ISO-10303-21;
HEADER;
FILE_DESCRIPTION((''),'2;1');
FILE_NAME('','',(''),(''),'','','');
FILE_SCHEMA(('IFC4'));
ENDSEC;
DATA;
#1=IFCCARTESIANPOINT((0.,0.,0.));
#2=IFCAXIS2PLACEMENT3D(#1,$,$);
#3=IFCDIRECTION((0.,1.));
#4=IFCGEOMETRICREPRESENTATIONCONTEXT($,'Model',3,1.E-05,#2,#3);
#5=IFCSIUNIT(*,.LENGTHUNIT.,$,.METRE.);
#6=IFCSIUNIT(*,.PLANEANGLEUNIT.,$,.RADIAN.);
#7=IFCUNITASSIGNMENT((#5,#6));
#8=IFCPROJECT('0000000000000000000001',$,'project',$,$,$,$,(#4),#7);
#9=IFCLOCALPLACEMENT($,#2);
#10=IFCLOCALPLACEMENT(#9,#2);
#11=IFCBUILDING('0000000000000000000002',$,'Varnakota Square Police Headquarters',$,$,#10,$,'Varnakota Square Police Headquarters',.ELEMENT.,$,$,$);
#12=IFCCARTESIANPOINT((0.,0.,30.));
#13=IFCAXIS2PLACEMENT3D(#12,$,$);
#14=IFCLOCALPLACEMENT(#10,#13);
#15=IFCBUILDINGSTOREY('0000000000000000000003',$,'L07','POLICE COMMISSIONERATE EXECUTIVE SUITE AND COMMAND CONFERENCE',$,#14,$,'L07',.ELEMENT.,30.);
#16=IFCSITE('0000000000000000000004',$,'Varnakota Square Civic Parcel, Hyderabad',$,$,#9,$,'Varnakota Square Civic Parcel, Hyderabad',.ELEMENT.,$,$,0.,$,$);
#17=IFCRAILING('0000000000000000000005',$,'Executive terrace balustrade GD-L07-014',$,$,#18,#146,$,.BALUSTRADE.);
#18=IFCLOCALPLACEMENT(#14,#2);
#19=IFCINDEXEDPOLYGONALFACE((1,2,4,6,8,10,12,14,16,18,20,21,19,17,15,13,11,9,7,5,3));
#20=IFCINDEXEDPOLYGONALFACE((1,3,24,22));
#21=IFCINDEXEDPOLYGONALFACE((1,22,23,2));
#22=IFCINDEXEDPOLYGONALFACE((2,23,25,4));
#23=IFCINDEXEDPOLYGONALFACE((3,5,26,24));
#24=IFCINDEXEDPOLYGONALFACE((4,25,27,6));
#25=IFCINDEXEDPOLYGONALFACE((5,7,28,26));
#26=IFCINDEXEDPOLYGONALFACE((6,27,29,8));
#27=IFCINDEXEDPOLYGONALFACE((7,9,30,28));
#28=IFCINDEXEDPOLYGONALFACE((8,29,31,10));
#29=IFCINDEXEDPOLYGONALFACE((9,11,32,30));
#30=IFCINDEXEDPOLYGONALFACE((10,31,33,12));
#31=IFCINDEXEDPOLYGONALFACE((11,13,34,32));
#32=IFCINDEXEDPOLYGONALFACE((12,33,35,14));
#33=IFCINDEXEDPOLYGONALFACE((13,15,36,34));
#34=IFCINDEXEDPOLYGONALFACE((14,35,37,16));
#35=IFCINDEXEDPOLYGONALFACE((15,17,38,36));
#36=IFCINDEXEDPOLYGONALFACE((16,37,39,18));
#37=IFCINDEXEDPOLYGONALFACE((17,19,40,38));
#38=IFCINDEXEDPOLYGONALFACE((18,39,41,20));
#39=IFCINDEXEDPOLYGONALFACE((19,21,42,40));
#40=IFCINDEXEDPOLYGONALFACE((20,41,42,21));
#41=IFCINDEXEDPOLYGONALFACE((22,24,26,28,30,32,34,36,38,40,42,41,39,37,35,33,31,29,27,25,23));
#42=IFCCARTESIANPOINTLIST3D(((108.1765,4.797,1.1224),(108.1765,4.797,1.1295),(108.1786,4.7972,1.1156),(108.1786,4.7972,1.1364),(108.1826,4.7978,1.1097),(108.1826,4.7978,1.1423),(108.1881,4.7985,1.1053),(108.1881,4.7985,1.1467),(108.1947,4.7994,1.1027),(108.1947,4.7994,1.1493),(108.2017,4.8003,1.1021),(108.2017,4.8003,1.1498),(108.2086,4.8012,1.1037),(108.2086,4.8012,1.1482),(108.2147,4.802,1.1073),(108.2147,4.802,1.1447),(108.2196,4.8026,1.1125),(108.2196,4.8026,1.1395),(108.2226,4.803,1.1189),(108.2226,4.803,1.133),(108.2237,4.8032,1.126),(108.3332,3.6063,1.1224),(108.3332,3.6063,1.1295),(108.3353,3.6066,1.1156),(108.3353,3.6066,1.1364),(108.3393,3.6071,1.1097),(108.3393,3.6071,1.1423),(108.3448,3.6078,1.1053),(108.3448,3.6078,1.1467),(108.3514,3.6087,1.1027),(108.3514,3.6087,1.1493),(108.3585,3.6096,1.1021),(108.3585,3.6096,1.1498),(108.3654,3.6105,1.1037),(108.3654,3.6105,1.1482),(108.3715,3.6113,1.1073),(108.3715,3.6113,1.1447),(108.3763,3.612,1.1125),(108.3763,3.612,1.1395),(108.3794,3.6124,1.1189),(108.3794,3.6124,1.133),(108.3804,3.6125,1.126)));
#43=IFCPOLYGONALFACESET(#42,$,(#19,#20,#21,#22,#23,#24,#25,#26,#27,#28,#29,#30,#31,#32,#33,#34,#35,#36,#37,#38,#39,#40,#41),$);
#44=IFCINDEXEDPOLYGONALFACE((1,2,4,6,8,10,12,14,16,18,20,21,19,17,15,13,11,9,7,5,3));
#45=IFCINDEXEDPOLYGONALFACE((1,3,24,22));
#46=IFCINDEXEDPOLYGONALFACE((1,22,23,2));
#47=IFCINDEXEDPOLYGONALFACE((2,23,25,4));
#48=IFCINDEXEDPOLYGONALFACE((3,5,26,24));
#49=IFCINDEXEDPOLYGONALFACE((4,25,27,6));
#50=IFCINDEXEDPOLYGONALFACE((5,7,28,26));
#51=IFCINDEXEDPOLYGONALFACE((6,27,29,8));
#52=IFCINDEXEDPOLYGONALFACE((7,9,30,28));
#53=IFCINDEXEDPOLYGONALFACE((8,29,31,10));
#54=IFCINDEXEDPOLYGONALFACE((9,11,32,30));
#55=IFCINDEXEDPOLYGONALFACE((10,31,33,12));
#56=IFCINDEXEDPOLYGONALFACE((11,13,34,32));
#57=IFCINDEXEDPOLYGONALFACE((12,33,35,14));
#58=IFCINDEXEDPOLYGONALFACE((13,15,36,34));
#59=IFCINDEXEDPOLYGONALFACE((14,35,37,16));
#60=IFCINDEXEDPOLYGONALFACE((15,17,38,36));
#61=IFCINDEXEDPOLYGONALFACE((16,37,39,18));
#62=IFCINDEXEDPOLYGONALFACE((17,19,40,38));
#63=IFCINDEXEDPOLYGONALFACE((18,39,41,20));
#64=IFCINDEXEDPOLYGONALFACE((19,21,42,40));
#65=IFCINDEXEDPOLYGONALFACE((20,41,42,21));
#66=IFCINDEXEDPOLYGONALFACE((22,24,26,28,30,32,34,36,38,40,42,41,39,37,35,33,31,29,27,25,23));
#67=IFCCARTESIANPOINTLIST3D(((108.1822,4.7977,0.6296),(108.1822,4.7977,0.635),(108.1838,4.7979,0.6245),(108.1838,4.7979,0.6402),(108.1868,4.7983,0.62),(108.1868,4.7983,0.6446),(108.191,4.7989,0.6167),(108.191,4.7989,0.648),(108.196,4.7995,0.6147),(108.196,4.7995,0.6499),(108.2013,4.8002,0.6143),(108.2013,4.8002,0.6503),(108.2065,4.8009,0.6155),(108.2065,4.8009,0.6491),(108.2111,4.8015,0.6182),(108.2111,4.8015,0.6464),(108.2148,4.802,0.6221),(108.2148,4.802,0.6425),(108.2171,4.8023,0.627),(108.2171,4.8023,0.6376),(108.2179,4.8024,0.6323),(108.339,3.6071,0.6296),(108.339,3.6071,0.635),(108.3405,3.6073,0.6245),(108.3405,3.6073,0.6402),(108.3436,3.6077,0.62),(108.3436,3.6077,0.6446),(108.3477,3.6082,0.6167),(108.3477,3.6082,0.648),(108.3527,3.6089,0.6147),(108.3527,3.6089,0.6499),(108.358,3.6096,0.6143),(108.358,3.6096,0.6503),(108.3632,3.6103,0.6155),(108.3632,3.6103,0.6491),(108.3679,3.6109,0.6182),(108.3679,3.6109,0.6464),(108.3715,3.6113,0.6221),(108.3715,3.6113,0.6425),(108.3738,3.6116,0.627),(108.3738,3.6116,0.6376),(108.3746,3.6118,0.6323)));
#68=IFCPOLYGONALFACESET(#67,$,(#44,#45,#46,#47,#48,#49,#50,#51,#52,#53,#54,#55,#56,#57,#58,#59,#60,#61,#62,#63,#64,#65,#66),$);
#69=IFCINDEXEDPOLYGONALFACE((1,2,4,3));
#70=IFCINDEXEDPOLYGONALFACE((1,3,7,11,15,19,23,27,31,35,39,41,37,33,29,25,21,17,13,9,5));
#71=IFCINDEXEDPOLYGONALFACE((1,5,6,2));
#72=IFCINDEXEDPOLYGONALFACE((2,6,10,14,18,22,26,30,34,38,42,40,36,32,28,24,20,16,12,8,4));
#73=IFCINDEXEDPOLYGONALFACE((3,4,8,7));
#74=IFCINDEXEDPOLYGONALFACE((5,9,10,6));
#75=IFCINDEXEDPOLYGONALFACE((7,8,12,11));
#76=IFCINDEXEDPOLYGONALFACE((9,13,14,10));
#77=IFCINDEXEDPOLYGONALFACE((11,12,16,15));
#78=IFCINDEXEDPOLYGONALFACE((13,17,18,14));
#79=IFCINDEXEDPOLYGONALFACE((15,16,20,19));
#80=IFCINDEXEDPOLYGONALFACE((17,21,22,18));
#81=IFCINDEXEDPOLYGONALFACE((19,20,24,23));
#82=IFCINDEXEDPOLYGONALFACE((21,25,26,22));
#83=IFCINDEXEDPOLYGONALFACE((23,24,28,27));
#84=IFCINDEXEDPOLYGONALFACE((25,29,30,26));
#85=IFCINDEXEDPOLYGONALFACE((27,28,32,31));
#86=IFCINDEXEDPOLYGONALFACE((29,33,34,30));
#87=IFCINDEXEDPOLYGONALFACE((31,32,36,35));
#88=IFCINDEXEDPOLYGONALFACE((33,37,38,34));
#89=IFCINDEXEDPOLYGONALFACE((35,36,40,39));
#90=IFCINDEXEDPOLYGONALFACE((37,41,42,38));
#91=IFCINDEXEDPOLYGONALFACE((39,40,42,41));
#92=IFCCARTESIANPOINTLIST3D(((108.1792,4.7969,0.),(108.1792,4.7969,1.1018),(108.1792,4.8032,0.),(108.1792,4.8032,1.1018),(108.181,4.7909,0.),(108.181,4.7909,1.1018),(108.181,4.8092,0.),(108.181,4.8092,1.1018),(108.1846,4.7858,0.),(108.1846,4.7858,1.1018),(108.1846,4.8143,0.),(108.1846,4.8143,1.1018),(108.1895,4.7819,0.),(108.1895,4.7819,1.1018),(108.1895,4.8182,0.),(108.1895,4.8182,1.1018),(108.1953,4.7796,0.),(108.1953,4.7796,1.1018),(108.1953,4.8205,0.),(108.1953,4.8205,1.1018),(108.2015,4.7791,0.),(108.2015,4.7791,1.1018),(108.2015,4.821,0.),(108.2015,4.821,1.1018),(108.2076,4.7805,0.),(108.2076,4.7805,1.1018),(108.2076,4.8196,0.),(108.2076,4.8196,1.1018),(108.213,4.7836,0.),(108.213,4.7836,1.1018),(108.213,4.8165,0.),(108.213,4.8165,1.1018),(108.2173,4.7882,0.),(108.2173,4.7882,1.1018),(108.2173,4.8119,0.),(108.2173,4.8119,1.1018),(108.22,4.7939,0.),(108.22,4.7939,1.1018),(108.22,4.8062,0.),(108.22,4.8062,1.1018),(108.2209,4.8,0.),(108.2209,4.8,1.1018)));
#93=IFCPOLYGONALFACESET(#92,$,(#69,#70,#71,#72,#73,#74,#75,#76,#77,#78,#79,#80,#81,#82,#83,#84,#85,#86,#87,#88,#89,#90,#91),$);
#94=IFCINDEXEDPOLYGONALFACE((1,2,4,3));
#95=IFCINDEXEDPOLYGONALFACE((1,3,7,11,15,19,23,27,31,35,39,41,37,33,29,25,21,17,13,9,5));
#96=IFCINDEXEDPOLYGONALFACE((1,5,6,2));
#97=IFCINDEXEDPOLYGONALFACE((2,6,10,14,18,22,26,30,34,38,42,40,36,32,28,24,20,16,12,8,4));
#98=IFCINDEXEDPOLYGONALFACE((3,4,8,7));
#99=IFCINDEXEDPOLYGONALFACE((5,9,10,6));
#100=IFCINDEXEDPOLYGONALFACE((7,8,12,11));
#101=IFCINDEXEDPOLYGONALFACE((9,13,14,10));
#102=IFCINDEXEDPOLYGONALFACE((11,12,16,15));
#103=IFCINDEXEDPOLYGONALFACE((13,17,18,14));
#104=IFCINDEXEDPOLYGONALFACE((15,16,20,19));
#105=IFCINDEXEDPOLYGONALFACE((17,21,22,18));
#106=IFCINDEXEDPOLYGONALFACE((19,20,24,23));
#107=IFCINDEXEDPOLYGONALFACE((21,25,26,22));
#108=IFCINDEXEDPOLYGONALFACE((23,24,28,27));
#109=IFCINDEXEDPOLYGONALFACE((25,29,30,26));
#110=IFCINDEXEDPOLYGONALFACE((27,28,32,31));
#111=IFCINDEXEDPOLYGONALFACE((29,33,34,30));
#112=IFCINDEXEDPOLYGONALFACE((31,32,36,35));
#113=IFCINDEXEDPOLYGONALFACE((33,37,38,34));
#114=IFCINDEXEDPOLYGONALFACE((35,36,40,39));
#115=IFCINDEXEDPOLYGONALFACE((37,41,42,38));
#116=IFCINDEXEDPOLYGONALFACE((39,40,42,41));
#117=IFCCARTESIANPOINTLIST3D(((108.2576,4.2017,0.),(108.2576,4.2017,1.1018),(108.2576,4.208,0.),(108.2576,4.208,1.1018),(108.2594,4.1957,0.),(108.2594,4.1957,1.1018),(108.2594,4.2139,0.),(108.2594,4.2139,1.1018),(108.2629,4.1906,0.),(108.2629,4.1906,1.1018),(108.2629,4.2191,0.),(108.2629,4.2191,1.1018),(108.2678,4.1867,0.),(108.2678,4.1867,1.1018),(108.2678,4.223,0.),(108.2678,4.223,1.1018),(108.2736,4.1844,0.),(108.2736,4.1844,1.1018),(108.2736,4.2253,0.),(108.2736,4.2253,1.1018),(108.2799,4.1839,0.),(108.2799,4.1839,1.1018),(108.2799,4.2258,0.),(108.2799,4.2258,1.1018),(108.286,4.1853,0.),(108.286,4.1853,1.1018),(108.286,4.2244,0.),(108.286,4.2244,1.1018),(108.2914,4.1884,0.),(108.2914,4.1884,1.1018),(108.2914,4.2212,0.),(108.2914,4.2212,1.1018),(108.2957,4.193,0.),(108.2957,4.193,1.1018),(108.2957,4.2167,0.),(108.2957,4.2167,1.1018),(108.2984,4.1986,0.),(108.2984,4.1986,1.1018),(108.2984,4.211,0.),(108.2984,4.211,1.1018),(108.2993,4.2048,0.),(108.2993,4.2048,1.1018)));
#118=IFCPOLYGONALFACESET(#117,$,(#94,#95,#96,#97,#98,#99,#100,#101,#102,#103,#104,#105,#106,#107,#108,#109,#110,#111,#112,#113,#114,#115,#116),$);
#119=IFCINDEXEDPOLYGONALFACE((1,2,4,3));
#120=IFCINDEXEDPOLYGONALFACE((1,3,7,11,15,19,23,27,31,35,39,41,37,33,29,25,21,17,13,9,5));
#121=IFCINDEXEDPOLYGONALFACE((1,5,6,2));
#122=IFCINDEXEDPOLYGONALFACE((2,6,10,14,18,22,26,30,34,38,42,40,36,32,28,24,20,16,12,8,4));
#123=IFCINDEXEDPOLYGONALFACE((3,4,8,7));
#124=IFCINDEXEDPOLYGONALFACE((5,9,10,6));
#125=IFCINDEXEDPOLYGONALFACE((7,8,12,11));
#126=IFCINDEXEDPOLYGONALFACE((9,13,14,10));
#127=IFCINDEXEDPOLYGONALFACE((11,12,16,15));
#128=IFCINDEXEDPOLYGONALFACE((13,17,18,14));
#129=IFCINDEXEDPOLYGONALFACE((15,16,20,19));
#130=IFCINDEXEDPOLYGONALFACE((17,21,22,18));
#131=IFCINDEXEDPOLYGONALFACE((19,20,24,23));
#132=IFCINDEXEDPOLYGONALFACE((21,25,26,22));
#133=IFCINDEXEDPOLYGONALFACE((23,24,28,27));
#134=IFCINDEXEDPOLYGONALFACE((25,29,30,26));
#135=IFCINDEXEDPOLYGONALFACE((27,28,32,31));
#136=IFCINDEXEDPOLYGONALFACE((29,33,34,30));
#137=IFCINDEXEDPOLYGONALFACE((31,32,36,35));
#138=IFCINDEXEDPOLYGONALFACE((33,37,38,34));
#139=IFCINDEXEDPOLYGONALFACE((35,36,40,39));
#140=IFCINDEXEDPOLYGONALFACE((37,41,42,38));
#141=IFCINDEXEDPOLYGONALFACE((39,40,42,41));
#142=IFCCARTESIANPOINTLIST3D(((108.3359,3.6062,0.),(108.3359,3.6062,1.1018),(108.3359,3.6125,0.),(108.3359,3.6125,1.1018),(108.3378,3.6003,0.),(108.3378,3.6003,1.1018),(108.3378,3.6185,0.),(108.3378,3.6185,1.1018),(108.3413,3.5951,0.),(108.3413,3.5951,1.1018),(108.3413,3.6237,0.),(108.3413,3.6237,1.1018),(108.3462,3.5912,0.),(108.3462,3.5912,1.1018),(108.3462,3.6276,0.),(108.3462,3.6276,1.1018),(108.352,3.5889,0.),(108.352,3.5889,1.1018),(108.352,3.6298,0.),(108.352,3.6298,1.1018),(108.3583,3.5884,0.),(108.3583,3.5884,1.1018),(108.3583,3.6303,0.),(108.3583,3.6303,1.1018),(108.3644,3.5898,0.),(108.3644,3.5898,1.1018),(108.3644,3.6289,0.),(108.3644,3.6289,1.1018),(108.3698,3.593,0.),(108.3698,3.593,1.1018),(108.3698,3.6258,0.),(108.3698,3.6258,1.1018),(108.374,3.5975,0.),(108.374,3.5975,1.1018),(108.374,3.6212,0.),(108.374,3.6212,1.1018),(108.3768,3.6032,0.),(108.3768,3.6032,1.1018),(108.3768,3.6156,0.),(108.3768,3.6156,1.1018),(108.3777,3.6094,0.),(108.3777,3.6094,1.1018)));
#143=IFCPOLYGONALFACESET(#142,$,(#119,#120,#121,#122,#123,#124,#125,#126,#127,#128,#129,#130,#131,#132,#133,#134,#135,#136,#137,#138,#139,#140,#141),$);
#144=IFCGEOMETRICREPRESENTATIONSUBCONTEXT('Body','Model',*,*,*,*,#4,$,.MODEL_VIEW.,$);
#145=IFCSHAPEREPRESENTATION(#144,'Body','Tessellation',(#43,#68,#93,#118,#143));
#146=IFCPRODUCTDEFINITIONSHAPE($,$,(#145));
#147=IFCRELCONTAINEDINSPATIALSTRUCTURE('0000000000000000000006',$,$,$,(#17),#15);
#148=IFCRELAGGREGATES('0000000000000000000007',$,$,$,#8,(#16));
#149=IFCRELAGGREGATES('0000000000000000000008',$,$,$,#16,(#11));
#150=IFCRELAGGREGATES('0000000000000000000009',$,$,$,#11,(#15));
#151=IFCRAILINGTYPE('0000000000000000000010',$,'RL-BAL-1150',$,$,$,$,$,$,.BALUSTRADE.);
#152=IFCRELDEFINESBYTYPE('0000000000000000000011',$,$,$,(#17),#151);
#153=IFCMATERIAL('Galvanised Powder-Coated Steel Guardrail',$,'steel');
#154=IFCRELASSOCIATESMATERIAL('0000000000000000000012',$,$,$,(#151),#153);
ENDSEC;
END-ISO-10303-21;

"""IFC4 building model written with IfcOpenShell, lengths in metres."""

from ifc_helpers import new_model, si_unit, direction, frame, origin, origin_2d, place, context, subcontext, project, spatial, circle, extrude, material, type_object, element, save


model = new_model("IFC4")

# Units and contexts
model_context = context("Model", 3, precision=1e-05, world=origin(), true_north=direction((0.0, 1.0)))
body_context = subcontext(model_context, "Body", "Model", "MODEL_VIEW")
ifc_project = project(units=[si_unit("LENGTHUNIT", "METRE"), si_unit("PLANEANGLEUNIT", "RADIAN")], contexts=[model_context])

# Site, building, storey
site_placement = place(None, origin())
site = spatial("IfcSite", under=ifc_project, at=site_placement, Name="Varnakota Square Civic Parcel, Hyderabad", LongName="Varnakota Square Civic Parcel, Hyderabad", CompositionType="ELEMENT", RefElevation=0.0)
building_placement = place(site_placement, origin())
building = spatial("IfcBuilding", under=site, at=building_placement, Name="Varnakota Square Police Headquarters", LongName="Varnakota Square Police Headquarters", CompositionType="ELEMENT")
storey_placement = place(building_placement, frame((0.0, 0.0, 30.0)))
storey = spatial("IfcBuildingStorey", under=building, at=storey_placement, Name="L07", Description="POLICE COMMISSIONERATE EXECUTIVE SUITE AND COMMAND CONFERENCE", LongName="L07", CompositionType="ELEMENT", Elevation=30.0)

# Railing
ifc_material_1 = material(Name="Galvanised Powder-Coated Steel Guardrail", Category="steel")
railing_type = type_object("IfcRailingType", Name="RL-BAL-1150", PredefinedType="BALUSTRADE", material=ifc_material_1)
railing_1_placement = place(storey_placement, frame((108.2, 4.8, 0.0)))
element("IfcRailing", 1, at=railing_1_placement, inside=storey, type_object=railing_type, Name="Executive terrace balustrade GD-L07-014", PredefinedType="BALUSTRADE", context=body_context, shape_type="SweptSolid", body=[
    extrude(circle(Radius=0.0239, at=origin_2d()), frame((0.0, 0.0, 1.126), z_axis=(0.130512, -0.991447, 0.0), x_axis=(0.991447, 0.130512, 0.0)), (0.0, 0.0, 1.0), 1.2009),
    extrude(circle(Radius=0.0181, at=origin_2d()), frame((0.0, 0.0, 0.6323), z_axis=(0.130512, -0.991447, 0.0), x_axis=(0.991447, 0.130512, 0.0)), (0.0, 0.0, 1.0), 1.2009),
    extrude(circle(Radius=0.021, at=origin_2d()), origin(), (0.0, 0.0, 1.0), 1.1018),
    extrude(circle(Radius=0.021, at=origin_2d()), frame((0.0784, -0.5952, 0.0)), (0.0, 0.0, 1.0), 1.1018),
    extrude(circle(Radius=0.021, at=origin_2d()), frame((0.1567, -1.1907, 0.0)), (0.0, 0.0, 1.0), 1.1018),
])

save(model, "model.ifc")
